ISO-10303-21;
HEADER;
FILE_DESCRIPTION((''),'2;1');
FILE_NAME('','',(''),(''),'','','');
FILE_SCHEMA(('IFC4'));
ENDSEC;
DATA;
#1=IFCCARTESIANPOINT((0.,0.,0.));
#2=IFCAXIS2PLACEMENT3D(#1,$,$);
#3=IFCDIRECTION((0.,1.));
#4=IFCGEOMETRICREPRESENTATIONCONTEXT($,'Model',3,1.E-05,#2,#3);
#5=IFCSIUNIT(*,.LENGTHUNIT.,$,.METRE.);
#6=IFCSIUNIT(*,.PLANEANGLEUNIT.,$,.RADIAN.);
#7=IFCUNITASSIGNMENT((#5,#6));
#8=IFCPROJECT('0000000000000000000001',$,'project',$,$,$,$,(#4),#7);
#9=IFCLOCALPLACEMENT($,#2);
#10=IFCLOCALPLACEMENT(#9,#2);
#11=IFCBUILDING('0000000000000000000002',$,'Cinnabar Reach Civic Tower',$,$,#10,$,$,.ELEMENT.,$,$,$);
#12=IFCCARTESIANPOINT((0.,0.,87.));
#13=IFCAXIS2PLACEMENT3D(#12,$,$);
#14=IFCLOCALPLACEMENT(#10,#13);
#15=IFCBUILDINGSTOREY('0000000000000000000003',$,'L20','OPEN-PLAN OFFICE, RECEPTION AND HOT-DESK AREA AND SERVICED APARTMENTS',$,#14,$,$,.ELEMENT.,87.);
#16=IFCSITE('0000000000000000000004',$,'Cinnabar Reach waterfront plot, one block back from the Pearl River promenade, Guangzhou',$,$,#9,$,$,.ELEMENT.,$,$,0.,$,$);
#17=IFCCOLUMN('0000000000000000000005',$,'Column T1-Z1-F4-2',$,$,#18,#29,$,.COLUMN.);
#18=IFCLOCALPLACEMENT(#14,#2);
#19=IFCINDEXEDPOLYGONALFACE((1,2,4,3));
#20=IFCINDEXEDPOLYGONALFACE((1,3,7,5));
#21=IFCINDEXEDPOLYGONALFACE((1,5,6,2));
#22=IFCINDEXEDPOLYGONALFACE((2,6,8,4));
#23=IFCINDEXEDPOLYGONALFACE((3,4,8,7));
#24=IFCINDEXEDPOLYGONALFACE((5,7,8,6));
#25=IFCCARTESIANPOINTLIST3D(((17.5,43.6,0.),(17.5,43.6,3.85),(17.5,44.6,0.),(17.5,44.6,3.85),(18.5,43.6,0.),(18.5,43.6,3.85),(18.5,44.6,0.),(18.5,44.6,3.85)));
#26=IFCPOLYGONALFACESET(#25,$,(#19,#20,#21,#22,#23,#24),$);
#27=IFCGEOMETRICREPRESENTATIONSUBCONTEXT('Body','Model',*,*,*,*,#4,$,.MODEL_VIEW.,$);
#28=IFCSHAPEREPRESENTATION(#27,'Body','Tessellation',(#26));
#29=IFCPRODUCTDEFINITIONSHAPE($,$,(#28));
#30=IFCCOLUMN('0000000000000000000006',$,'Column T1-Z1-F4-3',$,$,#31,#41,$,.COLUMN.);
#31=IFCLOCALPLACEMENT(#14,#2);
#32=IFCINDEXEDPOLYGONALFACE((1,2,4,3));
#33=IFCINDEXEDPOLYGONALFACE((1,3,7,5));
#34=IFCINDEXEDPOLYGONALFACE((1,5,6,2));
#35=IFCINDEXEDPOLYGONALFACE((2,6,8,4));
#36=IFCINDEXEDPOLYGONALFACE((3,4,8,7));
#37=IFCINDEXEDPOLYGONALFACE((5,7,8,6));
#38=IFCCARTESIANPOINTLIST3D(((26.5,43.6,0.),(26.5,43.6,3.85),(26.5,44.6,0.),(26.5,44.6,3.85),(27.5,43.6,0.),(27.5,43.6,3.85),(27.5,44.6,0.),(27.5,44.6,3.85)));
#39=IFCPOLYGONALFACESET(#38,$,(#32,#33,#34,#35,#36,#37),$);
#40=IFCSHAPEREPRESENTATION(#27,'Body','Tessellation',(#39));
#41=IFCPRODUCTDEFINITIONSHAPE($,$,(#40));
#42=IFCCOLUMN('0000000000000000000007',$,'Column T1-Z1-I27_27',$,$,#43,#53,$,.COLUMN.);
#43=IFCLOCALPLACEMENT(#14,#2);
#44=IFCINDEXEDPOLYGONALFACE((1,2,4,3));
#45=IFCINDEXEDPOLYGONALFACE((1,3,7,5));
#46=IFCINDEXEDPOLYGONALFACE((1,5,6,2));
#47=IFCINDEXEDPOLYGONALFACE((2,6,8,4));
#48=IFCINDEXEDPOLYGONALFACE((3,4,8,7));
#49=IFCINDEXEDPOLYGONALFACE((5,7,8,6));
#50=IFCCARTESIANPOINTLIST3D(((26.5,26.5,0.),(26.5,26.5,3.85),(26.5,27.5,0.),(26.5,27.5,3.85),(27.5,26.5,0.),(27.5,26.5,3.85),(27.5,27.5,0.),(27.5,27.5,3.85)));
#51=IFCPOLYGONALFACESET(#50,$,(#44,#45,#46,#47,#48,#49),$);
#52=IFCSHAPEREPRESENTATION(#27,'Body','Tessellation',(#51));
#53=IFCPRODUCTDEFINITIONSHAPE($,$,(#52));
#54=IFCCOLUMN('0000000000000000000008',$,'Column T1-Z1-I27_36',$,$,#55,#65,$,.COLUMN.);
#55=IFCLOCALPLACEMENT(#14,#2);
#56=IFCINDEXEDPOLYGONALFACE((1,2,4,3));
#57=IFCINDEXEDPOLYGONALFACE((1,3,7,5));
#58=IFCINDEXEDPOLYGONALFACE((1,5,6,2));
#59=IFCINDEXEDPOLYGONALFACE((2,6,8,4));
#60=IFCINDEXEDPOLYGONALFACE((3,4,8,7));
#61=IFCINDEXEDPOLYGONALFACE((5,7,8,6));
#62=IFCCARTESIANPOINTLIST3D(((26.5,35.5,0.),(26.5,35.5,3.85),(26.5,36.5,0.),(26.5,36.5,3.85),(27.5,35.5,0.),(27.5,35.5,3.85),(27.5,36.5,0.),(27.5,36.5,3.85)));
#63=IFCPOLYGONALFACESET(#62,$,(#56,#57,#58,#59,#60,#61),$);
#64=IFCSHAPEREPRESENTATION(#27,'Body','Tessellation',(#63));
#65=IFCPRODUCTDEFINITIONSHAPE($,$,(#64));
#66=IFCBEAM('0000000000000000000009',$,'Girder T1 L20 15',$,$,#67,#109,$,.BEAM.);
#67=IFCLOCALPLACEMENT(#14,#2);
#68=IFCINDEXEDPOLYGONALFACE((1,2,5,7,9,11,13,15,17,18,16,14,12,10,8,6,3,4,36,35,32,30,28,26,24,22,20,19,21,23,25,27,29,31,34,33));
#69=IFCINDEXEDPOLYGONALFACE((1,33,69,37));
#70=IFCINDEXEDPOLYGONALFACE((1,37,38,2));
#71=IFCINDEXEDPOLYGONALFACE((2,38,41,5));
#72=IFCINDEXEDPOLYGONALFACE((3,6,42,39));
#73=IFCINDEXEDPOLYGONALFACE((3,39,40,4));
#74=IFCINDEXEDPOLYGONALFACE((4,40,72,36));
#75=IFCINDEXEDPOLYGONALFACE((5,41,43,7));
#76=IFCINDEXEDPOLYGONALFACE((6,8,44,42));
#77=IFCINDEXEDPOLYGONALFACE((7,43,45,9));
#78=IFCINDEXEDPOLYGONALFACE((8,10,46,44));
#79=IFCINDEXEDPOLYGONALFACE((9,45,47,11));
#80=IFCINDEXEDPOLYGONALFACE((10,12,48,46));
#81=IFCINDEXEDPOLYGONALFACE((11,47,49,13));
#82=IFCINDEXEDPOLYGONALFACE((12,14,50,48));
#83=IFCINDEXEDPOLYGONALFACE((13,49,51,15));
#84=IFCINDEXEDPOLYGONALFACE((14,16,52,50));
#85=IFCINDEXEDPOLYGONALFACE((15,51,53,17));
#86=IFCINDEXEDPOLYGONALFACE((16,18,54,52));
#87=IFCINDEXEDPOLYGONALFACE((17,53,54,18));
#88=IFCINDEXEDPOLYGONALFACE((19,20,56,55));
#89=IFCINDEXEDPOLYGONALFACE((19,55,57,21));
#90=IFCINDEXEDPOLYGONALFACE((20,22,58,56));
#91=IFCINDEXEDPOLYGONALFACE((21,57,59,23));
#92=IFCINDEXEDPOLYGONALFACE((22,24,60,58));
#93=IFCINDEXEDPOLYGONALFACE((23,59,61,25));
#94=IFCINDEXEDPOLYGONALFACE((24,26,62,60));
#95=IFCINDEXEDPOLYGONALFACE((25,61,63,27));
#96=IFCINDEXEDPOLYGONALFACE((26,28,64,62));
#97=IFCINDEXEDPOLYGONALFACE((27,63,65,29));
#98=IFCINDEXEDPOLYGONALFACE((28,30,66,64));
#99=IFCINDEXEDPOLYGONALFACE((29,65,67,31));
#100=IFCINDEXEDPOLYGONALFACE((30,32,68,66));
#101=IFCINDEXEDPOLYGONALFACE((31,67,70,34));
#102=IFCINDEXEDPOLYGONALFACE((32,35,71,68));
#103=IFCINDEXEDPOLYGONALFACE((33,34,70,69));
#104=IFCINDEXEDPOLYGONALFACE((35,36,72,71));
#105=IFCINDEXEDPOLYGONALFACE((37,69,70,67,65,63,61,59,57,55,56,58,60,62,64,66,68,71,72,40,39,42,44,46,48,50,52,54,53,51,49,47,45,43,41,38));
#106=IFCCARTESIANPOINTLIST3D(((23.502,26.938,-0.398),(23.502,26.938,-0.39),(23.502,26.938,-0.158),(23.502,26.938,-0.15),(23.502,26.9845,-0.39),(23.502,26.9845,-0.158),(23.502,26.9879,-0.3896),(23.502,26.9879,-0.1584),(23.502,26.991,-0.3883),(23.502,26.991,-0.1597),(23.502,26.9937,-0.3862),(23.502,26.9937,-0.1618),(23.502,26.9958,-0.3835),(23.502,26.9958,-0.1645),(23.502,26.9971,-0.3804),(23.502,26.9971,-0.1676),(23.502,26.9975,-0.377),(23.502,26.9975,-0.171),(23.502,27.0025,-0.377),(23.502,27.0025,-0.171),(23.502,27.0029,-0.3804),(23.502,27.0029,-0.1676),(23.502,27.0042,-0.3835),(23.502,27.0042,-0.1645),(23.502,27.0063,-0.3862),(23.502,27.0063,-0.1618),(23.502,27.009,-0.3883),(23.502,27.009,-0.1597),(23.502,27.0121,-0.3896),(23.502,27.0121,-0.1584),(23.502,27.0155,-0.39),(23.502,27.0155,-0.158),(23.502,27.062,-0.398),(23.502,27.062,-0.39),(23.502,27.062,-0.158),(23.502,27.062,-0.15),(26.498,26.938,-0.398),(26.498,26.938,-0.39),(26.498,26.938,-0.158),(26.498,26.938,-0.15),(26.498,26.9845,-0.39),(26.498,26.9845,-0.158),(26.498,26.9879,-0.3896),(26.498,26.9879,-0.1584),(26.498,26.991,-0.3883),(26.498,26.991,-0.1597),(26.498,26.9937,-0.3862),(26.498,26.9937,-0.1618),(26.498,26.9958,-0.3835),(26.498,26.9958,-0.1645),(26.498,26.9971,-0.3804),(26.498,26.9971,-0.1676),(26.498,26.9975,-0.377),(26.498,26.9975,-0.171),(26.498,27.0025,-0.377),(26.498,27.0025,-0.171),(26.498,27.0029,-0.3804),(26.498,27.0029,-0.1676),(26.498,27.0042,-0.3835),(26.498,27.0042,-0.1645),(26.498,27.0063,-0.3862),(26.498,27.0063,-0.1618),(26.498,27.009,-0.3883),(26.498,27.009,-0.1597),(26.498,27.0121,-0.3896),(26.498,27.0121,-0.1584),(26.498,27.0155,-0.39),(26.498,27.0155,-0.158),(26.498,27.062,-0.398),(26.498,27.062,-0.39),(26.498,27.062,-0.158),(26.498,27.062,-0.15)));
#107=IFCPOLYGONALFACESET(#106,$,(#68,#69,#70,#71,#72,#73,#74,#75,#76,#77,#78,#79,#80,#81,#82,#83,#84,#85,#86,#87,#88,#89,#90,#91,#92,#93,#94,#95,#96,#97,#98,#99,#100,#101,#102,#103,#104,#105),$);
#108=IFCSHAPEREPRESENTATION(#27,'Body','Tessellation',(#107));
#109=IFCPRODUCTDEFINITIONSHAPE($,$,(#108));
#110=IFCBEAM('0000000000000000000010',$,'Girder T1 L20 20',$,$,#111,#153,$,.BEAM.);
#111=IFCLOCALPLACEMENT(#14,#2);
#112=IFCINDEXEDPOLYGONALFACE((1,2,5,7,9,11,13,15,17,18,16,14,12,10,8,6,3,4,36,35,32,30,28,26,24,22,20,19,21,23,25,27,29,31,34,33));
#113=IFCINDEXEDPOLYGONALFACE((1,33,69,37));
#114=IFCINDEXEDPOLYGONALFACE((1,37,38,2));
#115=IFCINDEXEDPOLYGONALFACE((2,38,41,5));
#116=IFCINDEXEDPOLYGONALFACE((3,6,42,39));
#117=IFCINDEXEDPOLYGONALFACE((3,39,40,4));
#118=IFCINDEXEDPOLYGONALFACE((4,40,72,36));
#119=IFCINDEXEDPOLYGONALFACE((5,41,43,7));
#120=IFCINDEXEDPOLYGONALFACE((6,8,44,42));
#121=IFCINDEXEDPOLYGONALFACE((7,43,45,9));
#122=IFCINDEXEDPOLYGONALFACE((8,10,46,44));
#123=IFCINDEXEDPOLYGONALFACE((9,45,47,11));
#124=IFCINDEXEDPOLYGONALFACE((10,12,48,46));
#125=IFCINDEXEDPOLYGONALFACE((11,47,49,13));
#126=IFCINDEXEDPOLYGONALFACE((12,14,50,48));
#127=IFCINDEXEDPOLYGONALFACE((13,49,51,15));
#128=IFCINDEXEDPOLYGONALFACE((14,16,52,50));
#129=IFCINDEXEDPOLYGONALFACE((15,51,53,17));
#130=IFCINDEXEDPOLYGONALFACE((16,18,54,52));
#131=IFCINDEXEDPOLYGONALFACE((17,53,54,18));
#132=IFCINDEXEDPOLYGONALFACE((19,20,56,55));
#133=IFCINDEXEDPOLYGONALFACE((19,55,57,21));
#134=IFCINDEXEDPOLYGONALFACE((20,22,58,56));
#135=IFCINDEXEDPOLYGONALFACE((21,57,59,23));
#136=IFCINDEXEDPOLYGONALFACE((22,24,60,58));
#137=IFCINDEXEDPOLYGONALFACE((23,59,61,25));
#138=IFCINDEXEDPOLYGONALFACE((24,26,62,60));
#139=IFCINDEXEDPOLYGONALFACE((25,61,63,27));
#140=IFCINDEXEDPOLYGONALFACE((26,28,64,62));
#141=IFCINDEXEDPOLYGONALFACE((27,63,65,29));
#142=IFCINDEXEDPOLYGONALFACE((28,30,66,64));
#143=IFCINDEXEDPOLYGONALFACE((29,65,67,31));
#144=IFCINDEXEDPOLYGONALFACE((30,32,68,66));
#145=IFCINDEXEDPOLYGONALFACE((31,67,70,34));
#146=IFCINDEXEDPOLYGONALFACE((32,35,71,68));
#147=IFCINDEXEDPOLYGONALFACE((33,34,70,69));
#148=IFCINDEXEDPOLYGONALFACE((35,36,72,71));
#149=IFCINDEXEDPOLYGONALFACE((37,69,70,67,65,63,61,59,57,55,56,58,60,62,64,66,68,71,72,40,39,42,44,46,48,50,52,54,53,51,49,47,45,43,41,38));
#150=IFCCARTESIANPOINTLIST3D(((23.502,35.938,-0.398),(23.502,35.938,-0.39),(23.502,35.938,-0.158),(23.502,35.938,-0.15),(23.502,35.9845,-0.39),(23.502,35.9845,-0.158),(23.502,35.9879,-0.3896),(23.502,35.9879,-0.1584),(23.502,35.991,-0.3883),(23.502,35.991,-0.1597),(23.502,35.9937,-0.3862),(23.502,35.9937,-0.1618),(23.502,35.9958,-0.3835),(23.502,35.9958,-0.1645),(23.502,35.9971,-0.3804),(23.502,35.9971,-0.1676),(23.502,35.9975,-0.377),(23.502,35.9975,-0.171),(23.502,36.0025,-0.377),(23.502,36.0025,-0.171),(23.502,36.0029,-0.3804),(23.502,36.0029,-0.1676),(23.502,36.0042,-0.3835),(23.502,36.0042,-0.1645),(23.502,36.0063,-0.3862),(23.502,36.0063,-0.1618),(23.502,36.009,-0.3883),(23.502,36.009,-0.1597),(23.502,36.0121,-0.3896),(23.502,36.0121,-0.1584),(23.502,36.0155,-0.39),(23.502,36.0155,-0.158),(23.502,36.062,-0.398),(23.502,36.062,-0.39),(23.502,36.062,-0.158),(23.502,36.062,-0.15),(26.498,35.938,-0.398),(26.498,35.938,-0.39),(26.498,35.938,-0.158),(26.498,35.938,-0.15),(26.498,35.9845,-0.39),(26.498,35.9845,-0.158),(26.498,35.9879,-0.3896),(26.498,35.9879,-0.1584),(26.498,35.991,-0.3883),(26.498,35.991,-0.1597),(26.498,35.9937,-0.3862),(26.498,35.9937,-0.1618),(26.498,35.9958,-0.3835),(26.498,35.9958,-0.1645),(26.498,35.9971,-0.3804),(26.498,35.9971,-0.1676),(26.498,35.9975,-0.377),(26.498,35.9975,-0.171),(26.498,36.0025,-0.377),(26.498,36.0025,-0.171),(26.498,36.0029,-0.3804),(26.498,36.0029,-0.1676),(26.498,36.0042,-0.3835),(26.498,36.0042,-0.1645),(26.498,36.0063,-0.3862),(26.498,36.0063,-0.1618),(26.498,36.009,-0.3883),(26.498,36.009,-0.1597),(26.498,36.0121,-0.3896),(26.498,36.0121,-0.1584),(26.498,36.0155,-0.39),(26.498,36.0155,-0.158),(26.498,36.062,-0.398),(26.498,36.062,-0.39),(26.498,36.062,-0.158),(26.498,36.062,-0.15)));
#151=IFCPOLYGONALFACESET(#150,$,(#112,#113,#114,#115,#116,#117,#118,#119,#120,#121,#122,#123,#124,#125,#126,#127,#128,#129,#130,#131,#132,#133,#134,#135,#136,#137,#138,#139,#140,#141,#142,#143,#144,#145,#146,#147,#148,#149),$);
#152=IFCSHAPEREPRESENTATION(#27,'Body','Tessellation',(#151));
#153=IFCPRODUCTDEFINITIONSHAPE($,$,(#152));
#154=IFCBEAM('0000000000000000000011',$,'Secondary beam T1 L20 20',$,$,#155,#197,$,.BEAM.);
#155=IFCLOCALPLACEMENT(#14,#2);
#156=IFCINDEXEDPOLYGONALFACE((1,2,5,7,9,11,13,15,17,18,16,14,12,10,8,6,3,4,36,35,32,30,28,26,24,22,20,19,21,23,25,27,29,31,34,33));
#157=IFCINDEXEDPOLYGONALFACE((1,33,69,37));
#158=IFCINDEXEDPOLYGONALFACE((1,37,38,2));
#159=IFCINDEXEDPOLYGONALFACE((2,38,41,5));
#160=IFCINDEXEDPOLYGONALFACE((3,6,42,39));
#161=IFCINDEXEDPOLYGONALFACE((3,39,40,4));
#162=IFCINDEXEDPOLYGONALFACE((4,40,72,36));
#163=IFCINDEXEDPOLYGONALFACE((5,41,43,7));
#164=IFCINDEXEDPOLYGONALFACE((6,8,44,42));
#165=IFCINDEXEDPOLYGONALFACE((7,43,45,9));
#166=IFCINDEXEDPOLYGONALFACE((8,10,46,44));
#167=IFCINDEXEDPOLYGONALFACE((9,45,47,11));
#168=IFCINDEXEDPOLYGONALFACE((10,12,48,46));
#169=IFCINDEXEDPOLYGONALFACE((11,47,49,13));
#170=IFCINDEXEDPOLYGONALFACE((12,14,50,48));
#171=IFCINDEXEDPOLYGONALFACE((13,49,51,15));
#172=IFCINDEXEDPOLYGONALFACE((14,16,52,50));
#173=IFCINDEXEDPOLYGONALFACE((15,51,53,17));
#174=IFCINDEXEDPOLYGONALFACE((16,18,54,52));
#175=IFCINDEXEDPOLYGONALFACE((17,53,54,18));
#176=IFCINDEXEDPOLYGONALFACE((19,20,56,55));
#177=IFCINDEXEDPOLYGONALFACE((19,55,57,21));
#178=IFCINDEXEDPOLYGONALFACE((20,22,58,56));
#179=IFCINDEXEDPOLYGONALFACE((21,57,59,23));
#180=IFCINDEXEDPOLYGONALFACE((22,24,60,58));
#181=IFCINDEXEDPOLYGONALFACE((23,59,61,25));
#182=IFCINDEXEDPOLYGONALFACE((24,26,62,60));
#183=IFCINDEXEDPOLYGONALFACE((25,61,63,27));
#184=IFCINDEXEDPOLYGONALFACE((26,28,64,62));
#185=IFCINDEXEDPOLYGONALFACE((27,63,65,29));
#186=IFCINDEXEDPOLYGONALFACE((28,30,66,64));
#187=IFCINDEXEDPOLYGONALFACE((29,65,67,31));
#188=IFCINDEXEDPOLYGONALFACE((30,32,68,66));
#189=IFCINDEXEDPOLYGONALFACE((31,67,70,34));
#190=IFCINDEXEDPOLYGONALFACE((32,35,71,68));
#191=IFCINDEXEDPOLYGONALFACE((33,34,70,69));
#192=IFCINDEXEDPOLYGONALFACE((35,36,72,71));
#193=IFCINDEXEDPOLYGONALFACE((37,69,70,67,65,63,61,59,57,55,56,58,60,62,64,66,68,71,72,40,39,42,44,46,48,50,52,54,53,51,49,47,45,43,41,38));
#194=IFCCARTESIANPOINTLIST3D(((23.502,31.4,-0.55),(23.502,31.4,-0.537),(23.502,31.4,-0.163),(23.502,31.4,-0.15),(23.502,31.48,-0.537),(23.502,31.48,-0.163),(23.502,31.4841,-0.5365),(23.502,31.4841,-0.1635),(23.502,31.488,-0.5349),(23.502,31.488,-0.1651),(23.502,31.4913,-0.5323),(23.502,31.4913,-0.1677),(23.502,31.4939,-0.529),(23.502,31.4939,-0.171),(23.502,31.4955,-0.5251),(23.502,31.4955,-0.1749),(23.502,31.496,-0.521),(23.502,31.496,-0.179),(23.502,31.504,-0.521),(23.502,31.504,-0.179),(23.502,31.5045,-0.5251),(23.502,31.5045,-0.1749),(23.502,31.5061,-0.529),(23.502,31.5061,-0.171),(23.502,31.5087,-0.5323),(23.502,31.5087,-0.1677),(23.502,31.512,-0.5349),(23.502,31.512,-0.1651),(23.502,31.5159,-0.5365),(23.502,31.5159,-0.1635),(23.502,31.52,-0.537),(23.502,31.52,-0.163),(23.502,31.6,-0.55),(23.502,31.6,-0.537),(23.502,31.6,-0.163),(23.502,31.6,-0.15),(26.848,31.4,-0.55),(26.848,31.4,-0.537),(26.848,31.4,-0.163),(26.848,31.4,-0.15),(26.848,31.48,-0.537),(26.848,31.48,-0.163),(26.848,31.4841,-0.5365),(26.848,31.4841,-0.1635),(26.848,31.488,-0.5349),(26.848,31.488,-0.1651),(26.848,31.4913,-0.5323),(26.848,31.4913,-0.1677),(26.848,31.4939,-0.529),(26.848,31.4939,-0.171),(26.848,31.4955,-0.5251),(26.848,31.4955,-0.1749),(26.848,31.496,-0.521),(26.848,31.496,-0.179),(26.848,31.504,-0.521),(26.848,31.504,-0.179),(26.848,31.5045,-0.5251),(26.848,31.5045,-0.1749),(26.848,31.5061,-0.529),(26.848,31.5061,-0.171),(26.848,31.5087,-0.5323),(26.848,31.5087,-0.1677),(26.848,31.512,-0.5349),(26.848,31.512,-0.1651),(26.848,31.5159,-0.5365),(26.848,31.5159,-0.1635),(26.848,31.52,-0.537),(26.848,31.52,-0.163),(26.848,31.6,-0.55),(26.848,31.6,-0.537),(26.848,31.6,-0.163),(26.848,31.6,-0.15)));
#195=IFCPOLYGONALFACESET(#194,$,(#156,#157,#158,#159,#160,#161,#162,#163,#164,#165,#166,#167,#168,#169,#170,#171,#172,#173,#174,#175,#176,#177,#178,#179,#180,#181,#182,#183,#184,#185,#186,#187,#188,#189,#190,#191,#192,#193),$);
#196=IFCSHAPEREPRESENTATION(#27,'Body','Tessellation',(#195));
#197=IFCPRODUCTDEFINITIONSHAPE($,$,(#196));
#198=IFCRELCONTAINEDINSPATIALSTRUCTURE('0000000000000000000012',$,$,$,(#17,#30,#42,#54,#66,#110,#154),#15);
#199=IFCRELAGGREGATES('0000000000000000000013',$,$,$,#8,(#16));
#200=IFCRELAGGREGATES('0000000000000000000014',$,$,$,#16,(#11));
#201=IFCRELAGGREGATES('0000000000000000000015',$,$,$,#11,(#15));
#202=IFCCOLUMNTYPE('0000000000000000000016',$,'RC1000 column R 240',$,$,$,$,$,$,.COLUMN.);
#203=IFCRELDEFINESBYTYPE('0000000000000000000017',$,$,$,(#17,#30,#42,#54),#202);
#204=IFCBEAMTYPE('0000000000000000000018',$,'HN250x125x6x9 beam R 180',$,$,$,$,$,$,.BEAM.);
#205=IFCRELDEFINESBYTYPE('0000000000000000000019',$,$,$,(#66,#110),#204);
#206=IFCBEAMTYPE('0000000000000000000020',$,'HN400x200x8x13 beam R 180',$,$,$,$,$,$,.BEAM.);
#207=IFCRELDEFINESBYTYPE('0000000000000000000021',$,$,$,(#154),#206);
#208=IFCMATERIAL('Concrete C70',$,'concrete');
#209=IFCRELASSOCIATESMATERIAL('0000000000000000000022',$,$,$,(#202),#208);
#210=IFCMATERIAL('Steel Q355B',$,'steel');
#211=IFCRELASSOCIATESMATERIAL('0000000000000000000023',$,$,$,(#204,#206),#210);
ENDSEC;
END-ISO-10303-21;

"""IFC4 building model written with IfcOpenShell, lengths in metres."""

from ifc_helpers import new_model, si_unit, direction, frame, origin, origin_2d, place, context, subcontext, project, spatial, rectangle, i_section, extrude, material, material_profile, profile_set, type_object, element, save


model = new_model("IFC4")

# Units and contexts
model_context = context("Model", 3, precision=1e-05, world=origin(), true_north=direction((0.0, 1.0)))
body_context = subcontext(model_context, "Body", "Model", "MODEL_VIEW")
ifc_project = project(units=[si_unit("LENGTHUNIT", "METRE"), si_unit("PLANEANGLEUNIT", "RADIAN")], contexts=[model_context])

# Site, building, storey
site_placement = place(None, origin())
site = spatial("IfcSite", under=ifc_project, at=site_placement, Name="Cinnabar Reach waterfront plot, one block back from the Pearl River promenade, Guangzhou", CompositionType="ELEMENT", RefElevation=0.0)
building_placement = place(site_placement, origin())
building = spatial("IfcBuilding", under=site, at=building_placement, Name="Cinnabar Reach Civic Tower", CompositionType="ELEMENT")
storey_placement = place(building_placement, frame((0.0, 0.0, 87.0)))
storey = spatial("IfcBuildingStorey", under=building, at=storey_placement, Name="L20", Description="OPEN-PLAN OFFICE, RECEPTION AND HOT-DESK AREA AND SERVICED APARTMENTS", CompositionType="ELEMENT", Elevation=87.0)

# Columns
ifc_material_1 = material(Name="Concrete C70", Category="concrete")
ifc_material_profile_1 = material_profile(ifc_material_1, rectangle(XDim=1.0, YDim=1.0, at=origin_2d()), Name="RC1000")
ifc_profile_set_1 = profile_set([ifc_material_profile_1], Name="Concrete C70")
column_type = type_object("IfcColumnType", Name="RC1000 column R 240", PredefinedType="COLUMN", material=ifc_profile_set_1)
for number, where, z_axis, x_axis, name in (
    (1, (18.0, 44.1, 0.0), (0.0, 0.0, 1.0), (1.0, 0.0, 0.0), "Column T1-Z1-F4-2"),
    (2, (27.0, 44.1, 0.0), (0.0, 0.0, 1.0), (1.0, 0.0, 0.0), "Column T1-Z1-F4-3"),
    (3, (27.0, 27.0, 0.0), (0.0, 0.0, 1.0), (1.0, 0.0, 0.0), "Column T1-Z1-I27_27"),
    (4, (27.0, 36.0, 0.0), (0.0, 0.0, 1.0), (1.0, 0.0, 0.0), "Column T1-Z1-I27_36"),
):
    element("IfcColumn", number, at=place(storey_placement, frame(where, z_axis=z_axis, x_axis=x_axis)), inside=storey, type_object=column_type, Name=name, PredefinedType="COLUMN", context=body_context, shape_type="SweptSolid", body=[
        extrude(rectangle(XDim=1.0, YDim=1.0, at=origin_2d()), origin(), (0.0, 0.0, 1.0), 3.85),
    ])

# Beams
ifc_material_2 = material(Name="Steel Q355B", Category="steel")
ifc_material_profile_2 = material_profile(ifc_material_2, i_section(OverallWidth=0.124, OverallDepth=0.248, WebThickness=0.005, FlangeThickness=0.008, FilletRadius=0.013, at=origin_2d()), Name="HN250x125x6x9")
ifc_profile_set_2 = profile_set([ifc_material_profile_2], Name="Steel Q355B")
beam_type_1 = type_object("IfcBeamType", Name="HN250x125x6x9 beam R 180", PredefinedType="BEAM", material=ifc_profile_set_2)
for number, where, z_axis, x_axis, name in (
    (5, (23.502, 27.0, -0.274), (1.0, 0.0, 0.0), (0.0, 1.0, 0.0), "Girder T1 L20 15"),
    (6, (23.502, 36.0, -0.274), (1.0, 0.0, 0.0), (0.0, 1.0, 0.0), "Girder T1 L20 20"),
):
    element("IfcBeam", number, at=place(storey_placement, frame(where, z_axis=z_axis, x_axis=x_axis)), inside=storey, type_object=beam_type_1, Name=name, PredefinedType="BEAM", context=body_context, shape_type="SweptSolid", body=[
        extrude(i_section(OverallWidth=0.124, OverallDepth=0.248, WebThickness=0.005, FlangeThickness=0.008, FilletRadius=0.013, at=origin_2d()), origin(), (0.0, 0.0, 1.0), 2.996),
    ])
ifc_material_profile_3 = material_profile(ifc_material_2, i_section(OverallWidth=0.2, OverallDepth=0.4, WebThickness=0.008, FlangeThickness=0.013, FilletRadius=0.016, at=origin_2d()), Name="HN400x200x8x13")
ifc_profile_set_3 = profile_set([ifc_material_profile_3], Name="Steel Q355B")
beam_type_2 = type_object("IfcBeamType", Name="HN400x200x8x13 beam R 180", PredefinedType="BEAM", material=ifc_profile_set_3)
for number, where, z_axis, x_axis, name in (
    (7, (23.502, 31.5, -0.35), (1.0, 0.0, 0.0), (0.0, 1.0, 0.0), "Secondary beam T1 L20 20"),
):
    element("IfcBeam", number, at=place(storey_placement, frame(where, z_axis=z_axis, x_axis=x_axis)), inside=storey, type_object=beam_type_2, Name=name, PredefinedType="BEAM", context=body_context, shape_type="SweptSolid", body=[
        extrude(i_section(OverallWidth=0.2, OverallDepth=0.4, WebThickness=0.008, FlangeThickness=0.013, FilletRadius=0.016, at=origin_2d()), origin(), (0.0, 0.0, 1.0), 3.346),
    ])

save(model, "model.ifc")
